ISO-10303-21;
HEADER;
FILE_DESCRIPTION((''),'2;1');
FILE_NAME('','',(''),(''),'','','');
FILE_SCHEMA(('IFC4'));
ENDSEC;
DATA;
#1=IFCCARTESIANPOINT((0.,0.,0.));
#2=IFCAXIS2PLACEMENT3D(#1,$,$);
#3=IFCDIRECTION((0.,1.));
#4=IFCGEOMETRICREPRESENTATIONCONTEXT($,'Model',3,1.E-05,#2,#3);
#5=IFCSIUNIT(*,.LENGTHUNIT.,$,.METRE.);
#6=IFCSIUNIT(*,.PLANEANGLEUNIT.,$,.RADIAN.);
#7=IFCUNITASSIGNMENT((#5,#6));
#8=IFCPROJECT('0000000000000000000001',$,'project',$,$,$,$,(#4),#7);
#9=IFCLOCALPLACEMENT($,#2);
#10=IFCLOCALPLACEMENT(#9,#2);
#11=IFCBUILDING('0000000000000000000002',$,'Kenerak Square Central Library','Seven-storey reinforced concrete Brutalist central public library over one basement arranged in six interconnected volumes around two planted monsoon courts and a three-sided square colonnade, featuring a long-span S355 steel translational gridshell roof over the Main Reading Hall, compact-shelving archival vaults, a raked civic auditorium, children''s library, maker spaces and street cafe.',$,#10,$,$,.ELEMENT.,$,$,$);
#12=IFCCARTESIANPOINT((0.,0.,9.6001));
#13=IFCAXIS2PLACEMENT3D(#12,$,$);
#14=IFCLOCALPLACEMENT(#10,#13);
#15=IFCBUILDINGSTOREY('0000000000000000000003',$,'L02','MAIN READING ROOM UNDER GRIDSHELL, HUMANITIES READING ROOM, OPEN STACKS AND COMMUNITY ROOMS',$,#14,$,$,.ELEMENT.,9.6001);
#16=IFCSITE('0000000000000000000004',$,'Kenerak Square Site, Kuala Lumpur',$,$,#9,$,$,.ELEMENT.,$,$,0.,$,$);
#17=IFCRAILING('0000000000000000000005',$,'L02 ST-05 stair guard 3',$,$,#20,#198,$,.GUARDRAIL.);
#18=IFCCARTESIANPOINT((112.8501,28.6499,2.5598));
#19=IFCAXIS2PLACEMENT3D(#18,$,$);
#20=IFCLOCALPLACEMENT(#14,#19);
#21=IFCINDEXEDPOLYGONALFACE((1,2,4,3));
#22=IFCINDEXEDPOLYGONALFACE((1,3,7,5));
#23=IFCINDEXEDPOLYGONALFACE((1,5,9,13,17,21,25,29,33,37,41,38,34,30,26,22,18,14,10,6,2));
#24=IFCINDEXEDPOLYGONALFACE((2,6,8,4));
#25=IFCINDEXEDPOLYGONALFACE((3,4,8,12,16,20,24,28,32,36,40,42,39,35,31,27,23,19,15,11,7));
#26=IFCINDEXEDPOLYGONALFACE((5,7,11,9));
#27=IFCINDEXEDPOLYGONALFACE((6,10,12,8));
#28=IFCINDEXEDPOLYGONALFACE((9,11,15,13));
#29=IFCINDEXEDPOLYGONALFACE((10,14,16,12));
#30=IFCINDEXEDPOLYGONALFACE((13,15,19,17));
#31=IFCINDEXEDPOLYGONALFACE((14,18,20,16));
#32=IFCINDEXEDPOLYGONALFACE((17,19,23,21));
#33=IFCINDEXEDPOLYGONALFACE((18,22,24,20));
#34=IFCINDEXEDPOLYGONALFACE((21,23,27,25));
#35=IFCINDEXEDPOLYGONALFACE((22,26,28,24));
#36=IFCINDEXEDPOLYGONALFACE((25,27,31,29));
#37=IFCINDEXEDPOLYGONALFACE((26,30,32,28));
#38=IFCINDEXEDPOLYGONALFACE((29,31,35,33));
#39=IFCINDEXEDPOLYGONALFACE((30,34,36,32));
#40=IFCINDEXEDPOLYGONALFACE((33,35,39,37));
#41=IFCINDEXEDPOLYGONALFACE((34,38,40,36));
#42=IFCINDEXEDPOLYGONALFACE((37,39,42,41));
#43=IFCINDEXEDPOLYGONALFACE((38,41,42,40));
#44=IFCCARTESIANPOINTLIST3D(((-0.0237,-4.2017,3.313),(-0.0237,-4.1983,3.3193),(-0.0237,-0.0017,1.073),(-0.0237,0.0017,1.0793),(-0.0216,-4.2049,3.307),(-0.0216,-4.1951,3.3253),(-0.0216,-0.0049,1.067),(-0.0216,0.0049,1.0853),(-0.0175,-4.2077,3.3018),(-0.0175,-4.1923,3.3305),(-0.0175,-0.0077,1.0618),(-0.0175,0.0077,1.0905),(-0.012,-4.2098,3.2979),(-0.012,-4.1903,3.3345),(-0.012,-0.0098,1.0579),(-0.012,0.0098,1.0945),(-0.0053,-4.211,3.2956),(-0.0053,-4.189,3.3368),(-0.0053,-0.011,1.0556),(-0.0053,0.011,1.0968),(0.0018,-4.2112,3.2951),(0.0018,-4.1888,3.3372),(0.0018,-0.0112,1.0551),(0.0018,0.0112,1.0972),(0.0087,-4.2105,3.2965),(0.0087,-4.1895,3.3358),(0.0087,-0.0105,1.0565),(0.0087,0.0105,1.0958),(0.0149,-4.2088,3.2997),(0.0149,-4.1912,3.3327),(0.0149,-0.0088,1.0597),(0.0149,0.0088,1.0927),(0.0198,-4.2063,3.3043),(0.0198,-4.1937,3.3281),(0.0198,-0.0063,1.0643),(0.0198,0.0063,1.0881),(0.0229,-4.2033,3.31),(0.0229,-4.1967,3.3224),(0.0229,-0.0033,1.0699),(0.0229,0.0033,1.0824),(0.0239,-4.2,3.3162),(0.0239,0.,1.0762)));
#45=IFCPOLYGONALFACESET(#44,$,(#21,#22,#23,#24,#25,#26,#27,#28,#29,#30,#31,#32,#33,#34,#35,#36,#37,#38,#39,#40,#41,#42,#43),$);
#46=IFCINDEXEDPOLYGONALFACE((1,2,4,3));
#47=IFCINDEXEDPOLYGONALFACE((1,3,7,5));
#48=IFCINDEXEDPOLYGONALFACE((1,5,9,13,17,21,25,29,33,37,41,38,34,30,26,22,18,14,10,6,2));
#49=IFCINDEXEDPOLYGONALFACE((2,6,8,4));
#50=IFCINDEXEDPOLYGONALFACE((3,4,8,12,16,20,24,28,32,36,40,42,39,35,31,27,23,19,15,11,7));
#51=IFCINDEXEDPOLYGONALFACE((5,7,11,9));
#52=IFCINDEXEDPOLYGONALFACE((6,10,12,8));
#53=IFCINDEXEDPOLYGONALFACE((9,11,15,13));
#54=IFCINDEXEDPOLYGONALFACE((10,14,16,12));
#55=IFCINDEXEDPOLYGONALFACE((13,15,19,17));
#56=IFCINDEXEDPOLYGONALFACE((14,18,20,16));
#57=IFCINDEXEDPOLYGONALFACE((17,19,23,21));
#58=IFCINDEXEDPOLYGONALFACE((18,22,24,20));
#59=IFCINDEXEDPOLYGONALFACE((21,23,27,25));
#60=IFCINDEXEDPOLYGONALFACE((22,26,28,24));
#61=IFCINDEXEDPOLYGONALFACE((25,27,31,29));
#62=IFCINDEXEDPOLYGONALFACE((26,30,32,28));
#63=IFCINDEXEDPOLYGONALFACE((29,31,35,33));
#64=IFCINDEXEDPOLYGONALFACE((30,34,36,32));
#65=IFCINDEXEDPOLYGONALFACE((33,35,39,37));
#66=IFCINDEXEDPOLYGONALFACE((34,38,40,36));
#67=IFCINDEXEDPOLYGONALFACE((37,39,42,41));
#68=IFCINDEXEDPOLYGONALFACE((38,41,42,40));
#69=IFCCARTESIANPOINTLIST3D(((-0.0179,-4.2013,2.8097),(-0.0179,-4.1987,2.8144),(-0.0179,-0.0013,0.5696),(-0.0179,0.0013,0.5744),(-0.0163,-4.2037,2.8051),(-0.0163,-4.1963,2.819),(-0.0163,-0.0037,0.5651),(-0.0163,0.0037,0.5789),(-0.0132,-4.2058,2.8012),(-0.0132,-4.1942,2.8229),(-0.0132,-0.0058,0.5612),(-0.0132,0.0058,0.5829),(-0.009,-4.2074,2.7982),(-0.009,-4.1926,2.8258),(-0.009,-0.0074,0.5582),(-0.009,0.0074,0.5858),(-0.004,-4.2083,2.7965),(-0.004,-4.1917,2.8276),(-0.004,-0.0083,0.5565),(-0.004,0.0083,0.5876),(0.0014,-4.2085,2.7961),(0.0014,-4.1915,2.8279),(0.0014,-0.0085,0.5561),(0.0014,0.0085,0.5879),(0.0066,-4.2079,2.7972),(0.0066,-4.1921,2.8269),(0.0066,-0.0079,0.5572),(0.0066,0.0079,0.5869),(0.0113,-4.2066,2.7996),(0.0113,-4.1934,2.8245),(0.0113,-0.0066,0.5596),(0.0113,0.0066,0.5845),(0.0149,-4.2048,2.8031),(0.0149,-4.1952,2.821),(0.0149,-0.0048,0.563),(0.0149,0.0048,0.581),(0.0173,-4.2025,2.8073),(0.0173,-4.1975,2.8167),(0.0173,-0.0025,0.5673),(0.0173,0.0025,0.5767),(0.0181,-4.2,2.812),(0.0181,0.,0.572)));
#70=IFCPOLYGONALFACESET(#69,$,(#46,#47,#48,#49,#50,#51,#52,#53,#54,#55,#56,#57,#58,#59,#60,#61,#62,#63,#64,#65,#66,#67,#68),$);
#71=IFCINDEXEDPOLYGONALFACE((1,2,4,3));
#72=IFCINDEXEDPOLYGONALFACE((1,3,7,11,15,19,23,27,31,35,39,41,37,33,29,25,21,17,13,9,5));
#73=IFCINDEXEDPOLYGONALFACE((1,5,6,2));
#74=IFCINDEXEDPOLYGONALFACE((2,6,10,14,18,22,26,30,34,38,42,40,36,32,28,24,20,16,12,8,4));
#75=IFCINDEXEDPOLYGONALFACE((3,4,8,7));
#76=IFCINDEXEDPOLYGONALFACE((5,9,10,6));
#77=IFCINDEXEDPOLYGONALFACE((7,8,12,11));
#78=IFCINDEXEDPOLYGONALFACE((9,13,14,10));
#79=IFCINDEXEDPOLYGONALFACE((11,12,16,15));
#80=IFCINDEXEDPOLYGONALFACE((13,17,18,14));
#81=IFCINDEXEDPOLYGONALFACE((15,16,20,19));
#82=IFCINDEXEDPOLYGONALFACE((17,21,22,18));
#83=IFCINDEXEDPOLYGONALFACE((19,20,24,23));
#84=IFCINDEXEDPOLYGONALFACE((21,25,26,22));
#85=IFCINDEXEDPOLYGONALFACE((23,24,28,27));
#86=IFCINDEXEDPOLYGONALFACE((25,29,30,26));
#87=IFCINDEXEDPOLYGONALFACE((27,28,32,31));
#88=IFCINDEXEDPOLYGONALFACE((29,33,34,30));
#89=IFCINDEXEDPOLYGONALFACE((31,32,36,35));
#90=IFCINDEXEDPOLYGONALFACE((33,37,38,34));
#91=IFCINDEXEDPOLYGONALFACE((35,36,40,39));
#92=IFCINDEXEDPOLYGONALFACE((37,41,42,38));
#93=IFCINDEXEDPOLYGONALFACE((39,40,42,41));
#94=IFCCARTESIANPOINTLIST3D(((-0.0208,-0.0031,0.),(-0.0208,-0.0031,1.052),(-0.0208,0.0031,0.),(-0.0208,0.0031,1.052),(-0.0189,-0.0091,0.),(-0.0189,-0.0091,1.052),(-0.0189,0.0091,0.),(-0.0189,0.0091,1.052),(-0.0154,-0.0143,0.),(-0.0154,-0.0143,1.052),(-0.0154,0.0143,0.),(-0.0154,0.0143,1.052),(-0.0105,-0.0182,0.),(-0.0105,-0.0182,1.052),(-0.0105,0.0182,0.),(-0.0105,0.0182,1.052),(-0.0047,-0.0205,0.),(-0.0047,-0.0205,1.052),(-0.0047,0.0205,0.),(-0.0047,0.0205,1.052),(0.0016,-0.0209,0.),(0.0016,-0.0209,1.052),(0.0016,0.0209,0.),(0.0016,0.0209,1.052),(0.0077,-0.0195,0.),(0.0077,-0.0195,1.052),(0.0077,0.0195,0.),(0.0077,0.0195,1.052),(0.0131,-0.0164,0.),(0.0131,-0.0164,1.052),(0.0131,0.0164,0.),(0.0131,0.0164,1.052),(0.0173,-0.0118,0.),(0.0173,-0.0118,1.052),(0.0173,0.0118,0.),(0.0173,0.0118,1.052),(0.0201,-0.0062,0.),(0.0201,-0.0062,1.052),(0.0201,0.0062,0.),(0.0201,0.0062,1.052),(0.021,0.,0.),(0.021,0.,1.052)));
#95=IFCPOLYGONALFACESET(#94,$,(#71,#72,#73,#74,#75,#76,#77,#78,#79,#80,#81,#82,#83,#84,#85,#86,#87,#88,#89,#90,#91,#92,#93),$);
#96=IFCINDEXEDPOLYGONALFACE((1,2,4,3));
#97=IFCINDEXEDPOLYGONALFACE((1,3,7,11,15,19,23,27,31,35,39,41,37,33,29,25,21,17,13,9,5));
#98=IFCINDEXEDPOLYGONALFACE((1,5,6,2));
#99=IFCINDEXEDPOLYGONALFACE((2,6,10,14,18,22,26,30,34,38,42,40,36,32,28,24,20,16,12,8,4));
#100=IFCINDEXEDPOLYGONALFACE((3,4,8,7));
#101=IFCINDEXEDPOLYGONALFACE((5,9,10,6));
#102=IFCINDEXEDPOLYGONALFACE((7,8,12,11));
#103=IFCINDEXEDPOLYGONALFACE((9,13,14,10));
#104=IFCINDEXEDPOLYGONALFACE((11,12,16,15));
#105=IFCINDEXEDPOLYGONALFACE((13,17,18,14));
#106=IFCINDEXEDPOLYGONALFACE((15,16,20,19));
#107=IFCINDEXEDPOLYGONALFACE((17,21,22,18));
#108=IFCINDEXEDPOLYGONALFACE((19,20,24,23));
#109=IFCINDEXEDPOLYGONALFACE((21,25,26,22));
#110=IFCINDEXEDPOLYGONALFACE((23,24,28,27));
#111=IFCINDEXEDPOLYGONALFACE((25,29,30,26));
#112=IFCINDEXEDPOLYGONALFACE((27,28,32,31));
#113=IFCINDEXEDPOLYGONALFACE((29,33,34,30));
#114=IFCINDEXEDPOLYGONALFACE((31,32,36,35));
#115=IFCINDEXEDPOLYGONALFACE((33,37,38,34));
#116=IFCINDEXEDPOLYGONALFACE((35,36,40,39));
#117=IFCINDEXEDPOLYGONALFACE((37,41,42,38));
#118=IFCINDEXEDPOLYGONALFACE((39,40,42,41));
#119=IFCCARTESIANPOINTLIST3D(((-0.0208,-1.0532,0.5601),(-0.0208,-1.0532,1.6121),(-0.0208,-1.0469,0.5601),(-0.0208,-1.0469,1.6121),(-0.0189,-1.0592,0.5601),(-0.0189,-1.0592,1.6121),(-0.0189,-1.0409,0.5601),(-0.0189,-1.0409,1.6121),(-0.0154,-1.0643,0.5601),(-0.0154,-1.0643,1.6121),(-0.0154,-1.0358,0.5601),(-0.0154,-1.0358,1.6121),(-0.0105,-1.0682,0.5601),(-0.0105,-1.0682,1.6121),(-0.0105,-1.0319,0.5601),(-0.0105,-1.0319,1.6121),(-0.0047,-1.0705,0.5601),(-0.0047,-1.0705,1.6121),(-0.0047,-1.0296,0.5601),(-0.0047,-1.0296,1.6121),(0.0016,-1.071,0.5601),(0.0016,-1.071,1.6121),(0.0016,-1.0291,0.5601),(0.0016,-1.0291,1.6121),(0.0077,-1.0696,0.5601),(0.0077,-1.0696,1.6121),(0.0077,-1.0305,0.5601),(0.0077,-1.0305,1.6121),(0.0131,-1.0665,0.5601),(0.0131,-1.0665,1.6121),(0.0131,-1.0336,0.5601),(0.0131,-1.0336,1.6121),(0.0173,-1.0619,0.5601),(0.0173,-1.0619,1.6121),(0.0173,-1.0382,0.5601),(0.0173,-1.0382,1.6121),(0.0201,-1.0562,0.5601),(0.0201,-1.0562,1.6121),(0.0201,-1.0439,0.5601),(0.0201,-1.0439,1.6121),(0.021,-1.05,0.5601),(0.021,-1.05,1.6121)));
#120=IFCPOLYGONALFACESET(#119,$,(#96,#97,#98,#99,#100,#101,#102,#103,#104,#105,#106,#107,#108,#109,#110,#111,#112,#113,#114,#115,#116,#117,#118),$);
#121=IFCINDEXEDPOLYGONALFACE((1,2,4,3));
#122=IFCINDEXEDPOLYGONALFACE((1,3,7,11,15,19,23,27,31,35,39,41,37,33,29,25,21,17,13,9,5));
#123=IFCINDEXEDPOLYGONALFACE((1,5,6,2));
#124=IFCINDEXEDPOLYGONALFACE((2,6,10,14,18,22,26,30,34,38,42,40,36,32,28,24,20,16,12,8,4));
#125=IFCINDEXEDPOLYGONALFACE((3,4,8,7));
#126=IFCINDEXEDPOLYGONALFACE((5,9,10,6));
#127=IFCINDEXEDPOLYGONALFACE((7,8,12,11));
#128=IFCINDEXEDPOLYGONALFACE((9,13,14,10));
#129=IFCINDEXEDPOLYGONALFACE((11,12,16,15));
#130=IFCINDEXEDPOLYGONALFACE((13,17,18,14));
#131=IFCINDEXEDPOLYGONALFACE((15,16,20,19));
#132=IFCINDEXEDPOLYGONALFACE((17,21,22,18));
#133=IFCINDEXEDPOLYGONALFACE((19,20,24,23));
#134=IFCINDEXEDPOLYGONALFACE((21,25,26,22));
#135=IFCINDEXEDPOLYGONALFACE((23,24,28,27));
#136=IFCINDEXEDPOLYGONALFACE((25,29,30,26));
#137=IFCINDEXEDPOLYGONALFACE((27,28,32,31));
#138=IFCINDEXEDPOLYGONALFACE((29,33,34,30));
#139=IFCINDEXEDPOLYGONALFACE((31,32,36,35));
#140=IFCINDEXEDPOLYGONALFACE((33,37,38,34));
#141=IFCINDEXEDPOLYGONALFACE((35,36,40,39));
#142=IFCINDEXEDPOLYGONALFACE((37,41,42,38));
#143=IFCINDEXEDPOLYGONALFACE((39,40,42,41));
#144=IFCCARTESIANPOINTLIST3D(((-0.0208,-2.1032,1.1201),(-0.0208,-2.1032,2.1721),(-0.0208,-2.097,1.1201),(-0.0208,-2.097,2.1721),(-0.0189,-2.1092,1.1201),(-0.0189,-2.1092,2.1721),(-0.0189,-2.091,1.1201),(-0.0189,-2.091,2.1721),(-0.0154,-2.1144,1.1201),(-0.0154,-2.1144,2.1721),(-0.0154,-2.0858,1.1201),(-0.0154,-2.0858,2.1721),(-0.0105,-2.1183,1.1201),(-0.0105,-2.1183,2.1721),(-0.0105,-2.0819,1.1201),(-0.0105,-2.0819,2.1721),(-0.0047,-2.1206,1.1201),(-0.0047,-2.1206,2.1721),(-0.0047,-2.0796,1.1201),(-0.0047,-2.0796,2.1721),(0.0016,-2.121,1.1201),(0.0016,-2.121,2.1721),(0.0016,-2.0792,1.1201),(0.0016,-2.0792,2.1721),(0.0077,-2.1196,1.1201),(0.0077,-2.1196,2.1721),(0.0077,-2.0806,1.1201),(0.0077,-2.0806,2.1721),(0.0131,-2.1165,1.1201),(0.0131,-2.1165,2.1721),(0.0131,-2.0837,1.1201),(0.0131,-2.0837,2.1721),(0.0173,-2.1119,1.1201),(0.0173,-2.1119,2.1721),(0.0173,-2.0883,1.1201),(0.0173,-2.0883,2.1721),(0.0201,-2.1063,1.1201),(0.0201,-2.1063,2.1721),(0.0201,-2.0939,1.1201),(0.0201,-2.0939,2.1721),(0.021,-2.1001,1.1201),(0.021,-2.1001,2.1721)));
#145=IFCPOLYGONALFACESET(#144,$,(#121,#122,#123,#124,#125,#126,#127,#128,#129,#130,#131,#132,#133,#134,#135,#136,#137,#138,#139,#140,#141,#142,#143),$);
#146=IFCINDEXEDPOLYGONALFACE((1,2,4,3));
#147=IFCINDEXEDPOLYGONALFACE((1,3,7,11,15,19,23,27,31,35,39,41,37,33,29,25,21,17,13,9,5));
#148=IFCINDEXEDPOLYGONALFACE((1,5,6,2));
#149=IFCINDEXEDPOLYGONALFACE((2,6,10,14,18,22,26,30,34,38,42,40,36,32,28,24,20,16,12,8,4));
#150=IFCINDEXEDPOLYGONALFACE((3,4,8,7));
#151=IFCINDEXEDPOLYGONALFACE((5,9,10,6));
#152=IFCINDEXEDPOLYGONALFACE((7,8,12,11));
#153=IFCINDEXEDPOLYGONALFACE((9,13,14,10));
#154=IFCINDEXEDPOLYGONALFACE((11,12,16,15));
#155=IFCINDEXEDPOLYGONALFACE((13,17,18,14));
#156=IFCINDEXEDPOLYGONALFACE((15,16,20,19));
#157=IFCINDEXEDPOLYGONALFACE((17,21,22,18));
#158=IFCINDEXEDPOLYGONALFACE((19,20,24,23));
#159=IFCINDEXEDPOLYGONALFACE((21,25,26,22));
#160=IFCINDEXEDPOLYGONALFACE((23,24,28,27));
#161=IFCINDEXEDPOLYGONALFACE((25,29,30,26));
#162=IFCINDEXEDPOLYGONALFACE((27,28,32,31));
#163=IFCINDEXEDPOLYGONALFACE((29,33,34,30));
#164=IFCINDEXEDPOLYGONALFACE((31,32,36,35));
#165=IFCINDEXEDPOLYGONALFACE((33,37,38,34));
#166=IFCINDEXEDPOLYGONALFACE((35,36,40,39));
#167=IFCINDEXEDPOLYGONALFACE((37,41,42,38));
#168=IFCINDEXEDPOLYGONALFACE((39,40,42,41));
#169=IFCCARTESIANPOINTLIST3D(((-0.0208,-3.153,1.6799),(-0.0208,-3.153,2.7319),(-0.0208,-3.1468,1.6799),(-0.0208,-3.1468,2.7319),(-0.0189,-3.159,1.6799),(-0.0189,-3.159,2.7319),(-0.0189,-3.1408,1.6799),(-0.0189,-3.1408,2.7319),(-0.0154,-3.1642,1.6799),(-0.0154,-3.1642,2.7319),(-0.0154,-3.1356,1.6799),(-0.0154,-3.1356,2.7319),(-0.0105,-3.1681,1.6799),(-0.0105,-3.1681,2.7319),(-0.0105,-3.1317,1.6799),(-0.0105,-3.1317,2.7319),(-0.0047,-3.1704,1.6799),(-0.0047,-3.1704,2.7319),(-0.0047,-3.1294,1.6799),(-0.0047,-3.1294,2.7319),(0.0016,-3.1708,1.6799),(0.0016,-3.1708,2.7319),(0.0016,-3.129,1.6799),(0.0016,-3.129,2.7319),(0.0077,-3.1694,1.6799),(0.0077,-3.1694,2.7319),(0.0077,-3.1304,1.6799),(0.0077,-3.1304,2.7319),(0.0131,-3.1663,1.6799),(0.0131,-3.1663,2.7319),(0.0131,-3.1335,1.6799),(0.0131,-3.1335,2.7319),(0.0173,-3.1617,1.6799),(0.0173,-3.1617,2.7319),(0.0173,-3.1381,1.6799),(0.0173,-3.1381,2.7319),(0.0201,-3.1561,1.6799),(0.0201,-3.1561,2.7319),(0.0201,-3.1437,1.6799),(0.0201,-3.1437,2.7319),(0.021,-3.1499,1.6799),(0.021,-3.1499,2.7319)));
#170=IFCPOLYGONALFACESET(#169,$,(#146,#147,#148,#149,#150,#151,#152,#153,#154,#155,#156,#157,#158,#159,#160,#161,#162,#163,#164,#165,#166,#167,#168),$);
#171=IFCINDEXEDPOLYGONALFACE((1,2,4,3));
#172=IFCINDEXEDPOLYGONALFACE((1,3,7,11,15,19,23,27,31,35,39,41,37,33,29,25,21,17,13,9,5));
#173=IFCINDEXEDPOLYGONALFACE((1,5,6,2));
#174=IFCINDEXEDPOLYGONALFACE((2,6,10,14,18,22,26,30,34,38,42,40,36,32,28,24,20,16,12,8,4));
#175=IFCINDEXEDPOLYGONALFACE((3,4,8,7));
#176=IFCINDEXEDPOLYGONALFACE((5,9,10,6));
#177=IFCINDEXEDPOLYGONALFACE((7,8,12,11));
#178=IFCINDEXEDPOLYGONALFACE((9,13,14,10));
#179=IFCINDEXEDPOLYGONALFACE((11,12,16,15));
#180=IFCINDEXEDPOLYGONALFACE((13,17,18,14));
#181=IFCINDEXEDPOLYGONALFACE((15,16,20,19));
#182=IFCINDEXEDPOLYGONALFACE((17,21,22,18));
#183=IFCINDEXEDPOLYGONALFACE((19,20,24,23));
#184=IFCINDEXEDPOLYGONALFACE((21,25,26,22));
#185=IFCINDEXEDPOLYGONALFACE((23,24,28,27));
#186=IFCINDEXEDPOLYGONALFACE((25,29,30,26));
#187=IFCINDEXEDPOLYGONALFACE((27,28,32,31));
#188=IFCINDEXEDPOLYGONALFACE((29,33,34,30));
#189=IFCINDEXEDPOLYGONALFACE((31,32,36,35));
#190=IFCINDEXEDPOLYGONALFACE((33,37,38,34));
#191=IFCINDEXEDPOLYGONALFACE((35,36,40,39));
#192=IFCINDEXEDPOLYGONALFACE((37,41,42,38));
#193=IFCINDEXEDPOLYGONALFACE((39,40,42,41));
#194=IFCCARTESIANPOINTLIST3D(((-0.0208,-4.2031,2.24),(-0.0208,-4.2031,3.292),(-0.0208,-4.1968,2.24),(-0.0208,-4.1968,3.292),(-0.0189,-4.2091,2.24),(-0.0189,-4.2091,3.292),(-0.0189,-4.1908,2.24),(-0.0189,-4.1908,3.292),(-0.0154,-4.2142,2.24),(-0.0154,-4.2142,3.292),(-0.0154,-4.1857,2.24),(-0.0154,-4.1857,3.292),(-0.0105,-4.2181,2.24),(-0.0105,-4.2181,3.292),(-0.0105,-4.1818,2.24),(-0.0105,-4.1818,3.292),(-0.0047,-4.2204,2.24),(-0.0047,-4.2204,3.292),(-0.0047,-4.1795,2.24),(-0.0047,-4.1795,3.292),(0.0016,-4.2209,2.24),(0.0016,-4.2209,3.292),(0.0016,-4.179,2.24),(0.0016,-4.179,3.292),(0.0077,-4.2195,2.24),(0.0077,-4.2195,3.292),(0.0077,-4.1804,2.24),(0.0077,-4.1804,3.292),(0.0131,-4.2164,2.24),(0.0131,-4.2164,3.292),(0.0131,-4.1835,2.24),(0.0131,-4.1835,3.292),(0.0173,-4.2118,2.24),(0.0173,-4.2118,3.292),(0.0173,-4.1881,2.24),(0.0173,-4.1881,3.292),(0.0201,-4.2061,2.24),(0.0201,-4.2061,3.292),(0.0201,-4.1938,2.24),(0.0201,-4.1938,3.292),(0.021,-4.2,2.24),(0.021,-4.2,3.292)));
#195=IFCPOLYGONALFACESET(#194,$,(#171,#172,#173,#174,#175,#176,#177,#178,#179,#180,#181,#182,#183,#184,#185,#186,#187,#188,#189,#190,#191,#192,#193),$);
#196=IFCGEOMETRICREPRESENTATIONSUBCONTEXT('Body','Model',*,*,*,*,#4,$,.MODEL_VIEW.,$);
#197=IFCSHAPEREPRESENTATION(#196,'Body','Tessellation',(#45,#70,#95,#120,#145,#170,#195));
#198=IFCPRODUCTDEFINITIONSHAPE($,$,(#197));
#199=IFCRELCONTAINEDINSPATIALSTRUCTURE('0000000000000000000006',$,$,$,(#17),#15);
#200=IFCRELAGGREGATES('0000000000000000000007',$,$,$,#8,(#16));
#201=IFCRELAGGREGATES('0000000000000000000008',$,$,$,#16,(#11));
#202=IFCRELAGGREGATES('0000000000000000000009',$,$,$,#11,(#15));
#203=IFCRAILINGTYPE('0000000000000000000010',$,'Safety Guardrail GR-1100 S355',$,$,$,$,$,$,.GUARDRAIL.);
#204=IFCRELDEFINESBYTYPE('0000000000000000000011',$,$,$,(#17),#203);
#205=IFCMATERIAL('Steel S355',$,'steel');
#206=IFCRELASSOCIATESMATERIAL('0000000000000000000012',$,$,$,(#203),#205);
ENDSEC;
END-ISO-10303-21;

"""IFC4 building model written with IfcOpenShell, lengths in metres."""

from ifc_helpers import new_model, si_unit, direction, frame, origin, origin_2d, place, context, subcontext, project, spatial, circle, extrude, material, type_object, element, save


model = new_model("IFC4")

# Units and contexts
model_context = context("Model", 3, precision=1e-05, world=origin(), true_north=direction((0.0, 1.0)))
body_context = subcontext(model_context, "Body", "Model", "MODEL_VIEW")
ifc_project = project(units=[si_unit("LENGTHUNIT", "METRE"), si_unit("PLANEANGLEUNIT", "RADIAN")], contexts=[model_context])

# Site, building, storey
site_placement = place(None, origin())
site = spatial("IfcSite", under=ifc_project, at=site_placement, Name="Kenerak Square Site, Kuala Lumpur", CompositionType="ELEMENT", RefElevation=0.0)
building_placement = place(site_placement, origin())
building = spatial("IfcBuilding", under=site, at=building_placement, Name="Kenerak Square Central Library", Description="Seven-storey reinforced concrete Brutalist central public library over one basement arranged in six interconnected volumes around two planted monsoon courts and a three-sided square colonnade, featuring a long-span S355 steel translational gridshell roof over the Main Reading Hall, compact-shelving archival vaults, a raked civic auditorium, children's library, maker spaces and street cafe.", CompositionType="ELEMENT")
storey_placement = place(building_placement, frame((0.0, 0.0, 9.6001)))
storey = spatial("IfcBuildingStorey", under=building, at=storey_placement, Name="L02", Description="MAIN READING ROOM UNDER GRIDSHELL, HUMANITIES READING ROOM, OPEN STACKS AND COMMUNITY ROOMS", CompositionType="ELEMENT", Elevation=9.6001)

# Shared definitions
ifc_material_1 = material(Name="Steel S355", Category="steel")

# Railing
railing_type_1 = type_object("IfcRailingType", Name="Safety Guardrail GR-1100 S355", PredefinedType="GUARDRAIL", material=ifc_material_1)
railing_1_placement = place(storey_placement, frame((112.8501, 28.6499, 2.5598)))
element("IfcRailing", 1, at=railing_1_placement, inside=storey, type_object=railing_type_1, Name="L02 ST-05 stair guard 3", PredefinedType="GUARDRAIL", context=body_context, shape_type="SweptSolid", body=[
    extrude(circle(Radius=0.0239, at=origin_2d()), frame((0.0, 0.0, 1.0762), z_axis=(0.0, -0.882352, 0.470591), x_axis=(1.0, 0.0, 0.0)), (0.0, 0.0, 1.0), 4.76),
    extrude(circle(Radius=0.0181, at=origin_2d()), frame((0.0, 0.0, 0.572), z_axis=(0.0, -0.882352, 0.470591), x_axis=(1.0, 0.0, 0.0)), (0.0, 0.0, 1.0), 4.76),
    extrude(circle(Radius=0.021, at=origin_2d()), origin(), (0.0, 0.0, 1.0), 1.052),
    extrude(circle(Radius=0.021, at=origin_2d()), frame((0.0, -1.05, 0.5601)), (0.0, 0.0, 1.0), 1.052),
    extrude(circle(Radius=0.021, at=origin_2d()), frame((0.0, -2.1001, 1.1201)), (0.0, 0.0, 1.0), 1.052),
    extrude(circle(Radius=0.021, at=origin_2d()), frame((0.0, -3.1499, 1.6799)), (0.0, 0.0, 1.0), 1.052),
    extrude(circle(Radius=0.021, at=origin_2d()), frame((0.0, -4.2, 2.24)), (0.0, 0.0, 1.0), 1.052),
])

save(model, "model.ifc")
